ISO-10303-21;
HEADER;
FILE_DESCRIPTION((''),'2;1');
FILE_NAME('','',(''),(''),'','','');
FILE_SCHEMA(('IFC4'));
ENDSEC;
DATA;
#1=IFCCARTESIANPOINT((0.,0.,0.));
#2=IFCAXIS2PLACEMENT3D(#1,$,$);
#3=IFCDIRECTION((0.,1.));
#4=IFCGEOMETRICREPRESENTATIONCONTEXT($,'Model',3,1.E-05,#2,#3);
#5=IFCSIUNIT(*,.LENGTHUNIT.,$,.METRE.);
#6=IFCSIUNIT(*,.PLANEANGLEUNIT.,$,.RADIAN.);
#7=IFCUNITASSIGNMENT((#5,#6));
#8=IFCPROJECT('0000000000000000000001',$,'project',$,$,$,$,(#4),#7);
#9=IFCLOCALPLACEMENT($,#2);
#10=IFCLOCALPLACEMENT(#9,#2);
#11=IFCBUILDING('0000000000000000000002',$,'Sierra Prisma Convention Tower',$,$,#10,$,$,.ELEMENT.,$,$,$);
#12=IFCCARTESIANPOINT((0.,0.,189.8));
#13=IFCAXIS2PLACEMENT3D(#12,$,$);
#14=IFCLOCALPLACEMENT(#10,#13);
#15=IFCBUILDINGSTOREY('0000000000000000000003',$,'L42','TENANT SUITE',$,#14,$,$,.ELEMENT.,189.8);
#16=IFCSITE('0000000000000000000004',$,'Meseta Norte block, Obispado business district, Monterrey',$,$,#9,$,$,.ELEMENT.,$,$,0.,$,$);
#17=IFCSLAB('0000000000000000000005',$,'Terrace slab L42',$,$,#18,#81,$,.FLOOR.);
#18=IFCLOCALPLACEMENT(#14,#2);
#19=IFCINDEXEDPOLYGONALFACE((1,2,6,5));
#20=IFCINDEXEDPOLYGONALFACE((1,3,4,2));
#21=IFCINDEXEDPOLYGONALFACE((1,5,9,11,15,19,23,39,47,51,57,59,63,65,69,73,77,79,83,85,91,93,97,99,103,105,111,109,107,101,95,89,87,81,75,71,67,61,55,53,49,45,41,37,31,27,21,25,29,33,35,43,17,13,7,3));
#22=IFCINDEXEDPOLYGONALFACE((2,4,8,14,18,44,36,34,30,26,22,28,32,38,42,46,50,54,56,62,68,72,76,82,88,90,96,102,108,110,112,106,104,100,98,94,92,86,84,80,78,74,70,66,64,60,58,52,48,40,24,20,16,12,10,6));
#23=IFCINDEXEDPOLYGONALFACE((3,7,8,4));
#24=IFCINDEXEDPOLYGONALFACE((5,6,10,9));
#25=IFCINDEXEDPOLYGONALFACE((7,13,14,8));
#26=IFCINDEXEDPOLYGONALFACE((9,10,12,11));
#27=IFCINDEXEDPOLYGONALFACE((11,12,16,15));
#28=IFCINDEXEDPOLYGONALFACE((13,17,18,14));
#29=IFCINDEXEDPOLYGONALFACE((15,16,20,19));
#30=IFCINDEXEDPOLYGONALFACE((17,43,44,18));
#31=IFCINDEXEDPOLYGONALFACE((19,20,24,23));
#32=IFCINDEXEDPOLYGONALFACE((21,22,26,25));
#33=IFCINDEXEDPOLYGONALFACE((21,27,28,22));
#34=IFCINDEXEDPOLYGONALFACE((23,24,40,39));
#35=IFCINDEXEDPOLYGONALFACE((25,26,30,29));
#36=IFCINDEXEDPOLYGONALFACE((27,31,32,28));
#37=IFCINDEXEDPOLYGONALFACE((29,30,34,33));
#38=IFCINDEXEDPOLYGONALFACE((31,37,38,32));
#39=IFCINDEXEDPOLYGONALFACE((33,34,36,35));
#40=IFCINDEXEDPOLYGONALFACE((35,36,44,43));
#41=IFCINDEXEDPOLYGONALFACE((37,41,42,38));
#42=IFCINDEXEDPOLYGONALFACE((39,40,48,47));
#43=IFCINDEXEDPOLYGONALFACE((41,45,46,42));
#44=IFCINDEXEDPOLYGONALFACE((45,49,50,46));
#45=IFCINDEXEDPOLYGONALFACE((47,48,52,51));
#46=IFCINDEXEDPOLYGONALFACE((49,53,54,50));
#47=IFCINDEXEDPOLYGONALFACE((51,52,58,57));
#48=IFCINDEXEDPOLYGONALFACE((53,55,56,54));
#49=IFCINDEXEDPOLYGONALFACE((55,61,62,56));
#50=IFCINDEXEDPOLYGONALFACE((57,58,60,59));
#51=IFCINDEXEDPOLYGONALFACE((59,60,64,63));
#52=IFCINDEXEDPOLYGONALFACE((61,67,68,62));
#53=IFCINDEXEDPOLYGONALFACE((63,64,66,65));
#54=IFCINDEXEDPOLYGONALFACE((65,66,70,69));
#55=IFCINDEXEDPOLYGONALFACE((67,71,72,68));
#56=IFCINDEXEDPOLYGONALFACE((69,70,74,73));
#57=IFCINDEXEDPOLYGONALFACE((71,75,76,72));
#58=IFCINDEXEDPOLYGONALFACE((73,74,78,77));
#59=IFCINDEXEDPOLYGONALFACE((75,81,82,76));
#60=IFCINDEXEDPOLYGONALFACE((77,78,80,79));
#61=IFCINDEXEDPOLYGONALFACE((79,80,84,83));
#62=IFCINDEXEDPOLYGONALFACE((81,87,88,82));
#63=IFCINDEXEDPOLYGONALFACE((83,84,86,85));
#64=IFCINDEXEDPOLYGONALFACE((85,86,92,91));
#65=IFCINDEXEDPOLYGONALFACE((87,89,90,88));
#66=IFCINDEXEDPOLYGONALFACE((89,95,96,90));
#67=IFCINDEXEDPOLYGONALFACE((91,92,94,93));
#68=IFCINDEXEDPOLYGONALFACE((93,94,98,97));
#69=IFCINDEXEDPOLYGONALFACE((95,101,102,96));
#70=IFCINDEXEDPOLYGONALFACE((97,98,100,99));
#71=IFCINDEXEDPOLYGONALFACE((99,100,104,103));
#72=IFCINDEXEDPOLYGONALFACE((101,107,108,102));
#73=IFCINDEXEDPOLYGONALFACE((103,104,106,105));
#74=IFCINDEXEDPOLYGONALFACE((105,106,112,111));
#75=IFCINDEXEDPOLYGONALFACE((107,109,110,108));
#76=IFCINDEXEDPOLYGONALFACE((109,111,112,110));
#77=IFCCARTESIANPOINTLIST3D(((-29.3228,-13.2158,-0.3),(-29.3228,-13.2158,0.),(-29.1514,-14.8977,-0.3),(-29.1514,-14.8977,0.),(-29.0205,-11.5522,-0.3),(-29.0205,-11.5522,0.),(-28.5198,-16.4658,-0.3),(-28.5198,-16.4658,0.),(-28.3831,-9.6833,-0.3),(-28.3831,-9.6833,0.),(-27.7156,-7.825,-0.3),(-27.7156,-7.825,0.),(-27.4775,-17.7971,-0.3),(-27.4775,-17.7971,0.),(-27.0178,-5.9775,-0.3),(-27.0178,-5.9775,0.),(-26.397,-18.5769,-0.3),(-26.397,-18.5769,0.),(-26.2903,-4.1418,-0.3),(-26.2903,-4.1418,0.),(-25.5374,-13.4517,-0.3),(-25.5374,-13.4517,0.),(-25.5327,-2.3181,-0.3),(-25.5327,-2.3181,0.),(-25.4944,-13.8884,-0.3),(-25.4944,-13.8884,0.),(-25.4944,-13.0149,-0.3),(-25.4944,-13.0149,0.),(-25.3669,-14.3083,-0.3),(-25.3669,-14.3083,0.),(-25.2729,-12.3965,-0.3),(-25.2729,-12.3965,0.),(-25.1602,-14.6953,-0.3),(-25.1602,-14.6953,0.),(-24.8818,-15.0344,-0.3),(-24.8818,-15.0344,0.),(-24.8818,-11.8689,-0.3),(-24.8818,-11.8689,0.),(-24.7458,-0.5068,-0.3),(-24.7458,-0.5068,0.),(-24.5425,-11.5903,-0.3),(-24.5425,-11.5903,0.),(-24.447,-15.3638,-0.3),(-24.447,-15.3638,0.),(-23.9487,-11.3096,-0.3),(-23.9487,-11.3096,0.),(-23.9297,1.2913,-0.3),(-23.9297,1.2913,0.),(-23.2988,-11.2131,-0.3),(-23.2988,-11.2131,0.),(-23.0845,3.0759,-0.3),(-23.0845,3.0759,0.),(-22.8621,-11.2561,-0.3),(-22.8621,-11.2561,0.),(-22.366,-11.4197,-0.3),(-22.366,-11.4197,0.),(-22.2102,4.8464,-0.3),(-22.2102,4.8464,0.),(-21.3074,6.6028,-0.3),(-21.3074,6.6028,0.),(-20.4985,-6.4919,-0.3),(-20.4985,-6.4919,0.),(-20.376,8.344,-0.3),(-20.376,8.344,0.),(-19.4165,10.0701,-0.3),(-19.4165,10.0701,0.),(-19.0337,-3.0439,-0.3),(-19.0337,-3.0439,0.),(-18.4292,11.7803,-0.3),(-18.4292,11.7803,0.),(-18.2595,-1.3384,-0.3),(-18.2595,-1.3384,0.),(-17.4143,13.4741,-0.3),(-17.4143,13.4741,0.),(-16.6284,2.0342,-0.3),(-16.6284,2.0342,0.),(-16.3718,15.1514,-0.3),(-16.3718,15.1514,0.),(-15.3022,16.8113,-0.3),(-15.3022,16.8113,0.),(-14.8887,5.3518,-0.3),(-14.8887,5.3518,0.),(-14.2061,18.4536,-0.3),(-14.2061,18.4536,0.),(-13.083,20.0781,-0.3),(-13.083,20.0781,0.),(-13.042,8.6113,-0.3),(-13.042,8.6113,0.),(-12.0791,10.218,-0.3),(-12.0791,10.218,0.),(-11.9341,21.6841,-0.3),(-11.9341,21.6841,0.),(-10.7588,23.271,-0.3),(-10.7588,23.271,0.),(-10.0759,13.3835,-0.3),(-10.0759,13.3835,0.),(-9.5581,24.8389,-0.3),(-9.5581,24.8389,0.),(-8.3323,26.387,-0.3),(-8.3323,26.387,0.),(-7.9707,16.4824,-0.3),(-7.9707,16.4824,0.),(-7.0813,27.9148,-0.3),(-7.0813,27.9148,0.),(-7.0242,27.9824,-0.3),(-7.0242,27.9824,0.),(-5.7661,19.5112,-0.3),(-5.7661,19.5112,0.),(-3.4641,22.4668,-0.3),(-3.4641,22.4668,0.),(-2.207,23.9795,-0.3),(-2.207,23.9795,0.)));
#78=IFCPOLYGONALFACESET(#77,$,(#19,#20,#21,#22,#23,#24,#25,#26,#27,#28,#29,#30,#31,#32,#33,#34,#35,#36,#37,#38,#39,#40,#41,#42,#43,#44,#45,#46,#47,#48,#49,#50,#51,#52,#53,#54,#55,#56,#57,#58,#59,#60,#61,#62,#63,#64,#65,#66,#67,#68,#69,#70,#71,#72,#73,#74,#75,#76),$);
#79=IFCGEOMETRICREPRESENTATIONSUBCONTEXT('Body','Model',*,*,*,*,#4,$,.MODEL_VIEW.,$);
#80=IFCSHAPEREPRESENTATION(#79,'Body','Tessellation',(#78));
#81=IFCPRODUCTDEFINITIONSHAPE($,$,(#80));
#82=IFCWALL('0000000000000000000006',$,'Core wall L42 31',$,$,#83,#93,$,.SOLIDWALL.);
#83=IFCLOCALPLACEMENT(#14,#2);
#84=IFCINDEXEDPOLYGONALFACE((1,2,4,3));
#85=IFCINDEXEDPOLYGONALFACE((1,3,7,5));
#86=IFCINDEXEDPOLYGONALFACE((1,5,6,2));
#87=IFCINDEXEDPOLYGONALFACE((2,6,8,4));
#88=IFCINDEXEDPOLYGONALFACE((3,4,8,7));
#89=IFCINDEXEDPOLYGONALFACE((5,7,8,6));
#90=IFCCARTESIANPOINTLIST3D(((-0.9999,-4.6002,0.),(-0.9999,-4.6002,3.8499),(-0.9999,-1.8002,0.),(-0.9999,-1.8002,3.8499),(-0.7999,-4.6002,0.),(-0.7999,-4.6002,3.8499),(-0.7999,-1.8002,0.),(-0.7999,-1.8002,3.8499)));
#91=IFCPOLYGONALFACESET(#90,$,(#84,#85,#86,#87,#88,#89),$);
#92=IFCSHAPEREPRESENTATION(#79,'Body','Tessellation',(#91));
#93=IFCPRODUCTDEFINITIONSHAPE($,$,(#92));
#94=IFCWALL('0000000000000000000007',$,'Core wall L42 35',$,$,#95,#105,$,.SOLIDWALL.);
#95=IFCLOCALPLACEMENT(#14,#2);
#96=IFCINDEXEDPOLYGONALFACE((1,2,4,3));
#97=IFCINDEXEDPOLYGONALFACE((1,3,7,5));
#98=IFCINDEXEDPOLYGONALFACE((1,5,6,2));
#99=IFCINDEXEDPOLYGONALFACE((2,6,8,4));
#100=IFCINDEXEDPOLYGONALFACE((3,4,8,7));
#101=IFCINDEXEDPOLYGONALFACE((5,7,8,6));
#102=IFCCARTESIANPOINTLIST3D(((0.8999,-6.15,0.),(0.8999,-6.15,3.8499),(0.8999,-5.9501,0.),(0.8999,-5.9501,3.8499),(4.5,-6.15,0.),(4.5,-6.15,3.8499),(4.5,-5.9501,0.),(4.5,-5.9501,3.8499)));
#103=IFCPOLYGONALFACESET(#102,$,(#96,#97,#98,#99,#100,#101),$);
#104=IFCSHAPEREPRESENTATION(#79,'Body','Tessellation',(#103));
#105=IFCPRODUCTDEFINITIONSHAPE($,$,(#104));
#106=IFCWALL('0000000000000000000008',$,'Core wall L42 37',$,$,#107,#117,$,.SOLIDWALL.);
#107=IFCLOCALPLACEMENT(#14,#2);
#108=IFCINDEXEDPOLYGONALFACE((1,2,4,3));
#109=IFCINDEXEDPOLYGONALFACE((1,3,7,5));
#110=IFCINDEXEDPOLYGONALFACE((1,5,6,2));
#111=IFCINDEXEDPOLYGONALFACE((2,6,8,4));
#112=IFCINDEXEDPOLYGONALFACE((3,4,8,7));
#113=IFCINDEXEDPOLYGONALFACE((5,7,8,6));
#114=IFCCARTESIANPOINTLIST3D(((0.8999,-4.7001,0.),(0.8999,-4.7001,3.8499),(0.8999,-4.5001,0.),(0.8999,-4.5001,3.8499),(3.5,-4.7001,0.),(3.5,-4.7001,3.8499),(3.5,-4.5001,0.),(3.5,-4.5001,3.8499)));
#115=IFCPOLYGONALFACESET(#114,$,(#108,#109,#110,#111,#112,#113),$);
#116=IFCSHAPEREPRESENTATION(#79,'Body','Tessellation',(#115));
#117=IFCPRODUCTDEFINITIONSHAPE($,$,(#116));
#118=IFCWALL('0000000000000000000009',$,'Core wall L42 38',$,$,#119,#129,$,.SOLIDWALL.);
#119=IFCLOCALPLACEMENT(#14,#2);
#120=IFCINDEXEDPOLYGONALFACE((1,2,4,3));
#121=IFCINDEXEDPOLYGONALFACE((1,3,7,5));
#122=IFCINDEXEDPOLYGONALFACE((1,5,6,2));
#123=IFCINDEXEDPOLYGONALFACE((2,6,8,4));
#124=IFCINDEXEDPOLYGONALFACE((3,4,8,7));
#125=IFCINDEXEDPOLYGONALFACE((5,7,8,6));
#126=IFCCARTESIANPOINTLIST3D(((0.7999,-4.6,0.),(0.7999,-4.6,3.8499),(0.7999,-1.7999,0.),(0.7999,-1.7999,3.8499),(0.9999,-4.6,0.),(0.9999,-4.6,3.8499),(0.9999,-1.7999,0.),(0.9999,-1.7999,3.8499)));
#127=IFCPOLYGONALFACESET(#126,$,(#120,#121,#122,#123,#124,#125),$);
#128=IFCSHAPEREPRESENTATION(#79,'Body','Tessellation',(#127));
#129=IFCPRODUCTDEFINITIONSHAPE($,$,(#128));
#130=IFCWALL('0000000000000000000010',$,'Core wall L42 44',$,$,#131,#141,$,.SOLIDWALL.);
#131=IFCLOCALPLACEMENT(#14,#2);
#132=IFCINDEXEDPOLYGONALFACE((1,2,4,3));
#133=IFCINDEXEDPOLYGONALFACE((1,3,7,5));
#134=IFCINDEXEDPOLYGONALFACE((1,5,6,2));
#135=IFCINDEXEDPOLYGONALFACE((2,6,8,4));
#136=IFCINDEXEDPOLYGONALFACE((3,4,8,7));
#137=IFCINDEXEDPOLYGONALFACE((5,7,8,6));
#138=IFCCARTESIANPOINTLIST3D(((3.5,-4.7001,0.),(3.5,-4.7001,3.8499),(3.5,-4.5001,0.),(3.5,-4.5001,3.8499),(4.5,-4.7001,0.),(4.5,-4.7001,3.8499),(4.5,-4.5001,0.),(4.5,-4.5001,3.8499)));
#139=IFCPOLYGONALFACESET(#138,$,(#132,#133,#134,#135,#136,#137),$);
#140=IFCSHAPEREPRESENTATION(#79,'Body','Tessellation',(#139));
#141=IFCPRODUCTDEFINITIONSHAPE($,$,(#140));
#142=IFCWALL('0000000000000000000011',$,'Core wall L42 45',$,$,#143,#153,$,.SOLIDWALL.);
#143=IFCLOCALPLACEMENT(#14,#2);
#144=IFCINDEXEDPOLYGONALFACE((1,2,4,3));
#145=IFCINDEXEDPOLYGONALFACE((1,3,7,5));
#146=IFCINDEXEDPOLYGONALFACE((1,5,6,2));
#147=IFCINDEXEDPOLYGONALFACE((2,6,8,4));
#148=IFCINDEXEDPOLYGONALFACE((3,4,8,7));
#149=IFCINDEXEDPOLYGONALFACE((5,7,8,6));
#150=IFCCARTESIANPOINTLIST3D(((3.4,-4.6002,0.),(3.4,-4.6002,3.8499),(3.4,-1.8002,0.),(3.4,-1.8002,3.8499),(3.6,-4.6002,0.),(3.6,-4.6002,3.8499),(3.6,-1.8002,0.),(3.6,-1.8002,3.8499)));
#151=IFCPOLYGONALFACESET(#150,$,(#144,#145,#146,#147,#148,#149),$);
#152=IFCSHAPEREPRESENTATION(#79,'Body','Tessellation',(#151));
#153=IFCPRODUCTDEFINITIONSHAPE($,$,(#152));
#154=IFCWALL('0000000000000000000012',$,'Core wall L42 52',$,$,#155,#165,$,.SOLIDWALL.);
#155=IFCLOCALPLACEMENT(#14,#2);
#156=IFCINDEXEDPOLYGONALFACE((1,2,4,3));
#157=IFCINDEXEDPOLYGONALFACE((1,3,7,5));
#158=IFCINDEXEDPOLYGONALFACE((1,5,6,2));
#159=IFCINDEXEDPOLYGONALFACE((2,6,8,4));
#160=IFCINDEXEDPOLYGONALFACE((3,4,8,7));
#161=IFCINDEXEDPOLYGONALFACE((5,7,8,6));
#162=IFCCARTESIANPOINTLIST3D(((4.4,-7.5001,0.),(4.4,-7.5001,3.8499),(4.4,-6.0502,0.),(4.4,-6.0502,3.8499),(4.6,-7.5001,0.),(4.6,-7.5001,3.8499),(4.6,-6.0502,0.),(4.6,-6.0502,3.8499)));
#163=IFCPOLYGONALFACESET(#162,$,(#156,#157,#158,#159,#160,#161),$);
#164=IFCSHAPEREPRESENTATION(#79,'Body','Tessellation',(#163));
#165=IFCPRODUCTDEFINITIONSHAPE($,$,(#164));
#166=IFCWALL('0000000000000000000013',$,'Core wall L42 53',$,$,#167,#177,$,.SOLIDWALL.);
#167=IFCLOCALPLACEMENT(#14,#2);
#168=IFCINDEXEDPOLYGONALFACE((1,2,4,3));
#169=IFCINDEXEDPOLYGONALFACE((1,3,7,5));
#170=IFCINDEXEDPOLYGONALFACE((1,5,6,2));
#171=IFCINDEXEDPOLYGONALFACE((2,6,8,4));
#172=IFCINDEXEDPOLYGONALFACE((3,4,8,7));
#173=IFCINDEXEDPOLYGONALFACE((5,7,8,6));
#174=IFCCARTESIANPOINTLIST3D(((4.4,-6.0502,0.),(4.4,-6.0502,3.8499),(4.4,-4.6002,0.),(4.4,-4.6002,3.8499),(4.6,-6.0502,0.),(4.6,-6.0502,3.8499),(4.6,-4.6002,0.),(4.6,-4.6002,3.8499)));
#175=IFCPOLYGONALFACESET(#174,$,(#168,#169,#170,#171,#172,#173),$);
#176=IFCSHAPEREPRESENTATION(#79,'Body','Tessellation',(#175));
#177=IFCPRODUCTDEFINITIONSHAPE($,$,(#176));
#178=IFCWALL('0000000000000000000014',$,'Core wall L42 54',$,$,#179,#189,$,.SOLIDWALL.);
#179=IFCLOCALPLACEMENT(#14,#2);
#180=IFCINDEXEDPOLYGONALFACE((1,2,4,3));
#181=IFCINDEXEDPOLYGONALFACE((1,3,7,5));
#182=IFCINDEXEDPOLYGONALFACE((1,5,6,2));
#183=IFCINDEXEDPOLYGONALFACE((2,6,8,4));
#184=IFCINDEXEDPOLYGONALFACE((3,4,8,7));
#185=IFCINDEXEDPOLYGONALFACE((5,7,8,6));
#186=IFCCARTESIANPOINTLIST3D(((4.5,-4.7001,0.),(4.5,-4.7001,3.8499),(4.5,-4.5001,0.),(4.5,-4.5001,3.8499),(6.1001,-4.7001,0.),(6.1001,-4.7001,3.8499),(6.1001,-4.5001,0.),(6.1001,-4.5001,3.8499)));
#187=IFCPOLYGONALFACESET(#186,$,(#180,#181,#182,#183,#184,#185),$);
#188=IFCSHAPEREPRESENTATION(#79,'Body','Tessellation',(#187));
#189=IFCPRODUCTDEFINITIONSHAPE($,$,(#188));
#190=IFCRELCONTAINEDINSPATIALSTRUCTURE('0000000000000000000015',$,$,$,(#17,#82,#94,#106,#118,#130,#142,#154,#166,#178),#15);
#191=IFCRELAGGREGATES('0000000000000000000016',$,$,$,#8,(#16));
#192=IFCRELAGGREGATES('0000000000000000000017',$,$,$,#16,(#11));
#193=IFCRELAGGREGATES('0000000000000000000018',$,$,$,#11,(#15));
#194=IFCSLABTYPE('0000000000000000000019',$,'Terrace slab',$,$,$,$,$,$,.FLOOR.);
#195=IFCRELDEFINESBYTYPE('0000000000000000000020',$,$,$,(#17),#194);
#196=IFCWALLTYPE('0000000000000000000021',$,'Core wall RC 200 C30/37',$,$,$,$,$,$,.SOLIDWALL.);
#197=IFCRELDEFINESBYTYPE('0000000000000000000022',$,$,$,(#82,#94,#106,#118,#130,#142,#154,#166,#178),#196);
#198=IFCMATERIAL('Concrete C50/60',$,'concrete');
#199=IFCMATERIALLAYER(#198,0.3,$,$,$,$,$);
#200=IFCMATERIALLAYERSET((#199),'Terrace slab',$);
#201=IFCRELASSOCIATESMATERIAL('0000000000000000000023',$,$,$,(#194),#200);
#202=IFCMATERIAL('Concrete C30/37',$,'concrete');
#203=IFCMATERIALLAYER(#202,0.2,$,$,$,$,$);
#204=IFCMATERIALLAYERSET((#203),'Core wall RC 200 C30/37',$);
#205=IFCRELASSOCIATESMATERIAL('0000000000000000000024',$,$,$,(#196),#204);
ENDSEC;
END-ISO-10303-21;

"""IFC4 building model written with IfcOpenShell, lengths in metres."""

from ifc_helpers import new_model, si_unit, direction, frame, frame_2d, origin, place, context, subcontext, project, spatial, polyline, rectangle, outline, extrude, material, layer, layer_set, type_object, element, save


model = new_model("IFC4")

# Units and contexts
model_context = context("Model", 3, precision=1e-05, world=origin(), true_north=direction((0.0, 1.0)))
body_context = subcontext(model_context, "Body", "Model", "MODEL_VIEW")
ifc_project = project(units=[si_unit("LENGTHUNIT", "METRE"), si_unit("PLANEANGLEUNIT", "RADIAN")], contexts=[model_context])

# Site, building, storey
site_placement = place(None, origin())
site = spatial("IfcSite", under=ifc_project, at=site_placement, Name="Meseta Norte block, Obispado business district, Monterrey", CompositionType="ELEMENT", RefElevation=0.0)
building_placement = place(site_placement, origin())
building = spatial("IfcBuilding", under=site, at=building_placement, Name="Sierra Prisma Convention Tower", CompositionType="ELEMENT")
storey_placement = place(building_placement, frame((0.0, 0.0, 189.8)))
storey = spatial("IfcBuildingStorey", under=building, at=storey_placement, Name="L42", Description="TENANT SUITE", CompositionType="ELEMENT", Elevation=189.8)

# Slab
ifc_material_1 = material(Name="Concrete C50/60", Category="concrete")
ifc_layer_1 = layer(ifc_material_1, 0.3)
ifc_layer_set_1 = layer_set([ifc_layer_1], Name="Terrace slab")
slab_type_1 = type_object("IfcSlabType", Name="Terrace slab", PredefinedType="FLOOR", material=ifc_layer_set_1)
slab_1_placement = place(storey_placement, frame((0.0, 0.0, -0.3)))
element("IfcSlab", 1, at=slab_1_placement, inside=storey, type_object=slab_type_1, Name="Terrace slab L42", PredefinedType="FLOOR", context=body_context, shape_type="SweptSolid", body=[
    extrude(outline(polyline([(-7.0242, 27.9824), (-7.0813, 27.9148), (-8.3323, 26.387), (-9.5581, 24.8389), (-10.7588, 23.271), (-11.9341, 21.6841), (-13.083, 20.0781), (-14.2061, 18.4536), (-15.3022, 16.8113), (-16.3718, 15.1514), (-17.4143, 13.4741), (-18.4292, 11.7803), (-19.4165, 10.0701), (-20.376, 8.344), (-21.3074, 6.6028), (-22.2102, 4.8464), (-23.0845, 3.0759), (-23.9297, 1.2913), (-24.7458, -0.5068), (-25.5327, -2.3181), (-26.2903, -4.1418), (-27.0178, -5.9775), (-27.7156, -7.825), (-28.3831, -9.6833), (-29.0205, -11.5522), (-29.3228, -13.2158), (-29.1514, -14.8977), (-28.5198, -16.4658), (-27.4775, -17.7971), (-26.397, -18.5769), (-24.447, -15.3638), (-24.8818, -15.0344), (-25.1602, -14.6953), (-25.3669, -14.3083), (-25.4944, -13.8884), (-25.5374, -13.4517), (-25.4944, -13.0149), (-25.2729, -12.3965), (-24.8818, -11.8689), (-24.5425, -11.5903), (-23.9487, -11.3096), (-23.2988, -11.2131), (-22.8621, -11.2561), (-22.366, -11.4197), (-20.4985, -6.4919), (-19.0337, -3.0439), (-18.2595, -1.3384), (-16.6284, 2.0342), (-14.8887, 5.3518), (-13.042, 8.6113), (-12.0791, 10.218), (-10.0759, 13.3835), (-7.9707, 16.4824), (-5.7661, 19.5112), (-3.4641, 22.4668), (-2.207, 23.9795), (-7.0242, 27.9824)])), origin(), (0.0, 0.0, 1.0), 0.3),
])

# Wall
ifc_material_2 = material(Name="Concrete C30/37", Category="concrete")
ifc_layer_2 = layer(ifc_material_2, 0.2)
ifc_layer_set_2 = layer_set([ifc_layer_2], Name="Core wall RC 200 C30/37")
wall_type = type_object("IfcWallType", Name="Core wall RC 200 C30/37", PredefinedType="SOLIDWALL", material=ifc_layer_set_2)
wall_1_placement = place(storey_placement, frame((-0.8999, -4.6001, 0.0), z_axis=(0.0, 0.0, 1.0), x_axis=(0.0, 1.0, 0.0)))
element("IfcWall", 2, at=wall_1_placement, inside=storey, type_object=wall_type, Name="Core wall L42 31", PredefinedType="SOLIDWALL", context=body_context, shape_type="SweptSolid", body=[
    extrude(rectangle(XDim=2.8, YDim=0.2, at=frame_2d((1.3999, 0.0))), origin(), (0.0, 0.0, 1.0), 3.8499),
])

# Wall
wall_2_placement = place(storey_placement, frame((4.5, -6.05, 0.0), z_axis=(0.0, 0.0, 1.0), x_axis=(-1.0, 0.0, 0.0)))
element("IfcWall", 3, at=wall_2_placement, inside=storey, type_object=wall_type, Name="Core wall L42 35", PredefinedType="SOLIDWALL", context=body_context, shape_type="SweptSolid", body=[
    extrude(rectangle(XDim=3.6001, YDim=0.2, at=frame_2d((1.8, 0.0))), origin(), (0.0, 0.0, 1.0), 3.8499),
])

# Walls
wall_3_placement = place(storey_placement, frame((3.5, -4.6001, 0.0), z_axis=(0.0, 0.0, 1.0), x_axis=(-1.0, 0.0, 0.0)))
element("IfcWall", 4, at=wall_3_placement, inside=storey, type_object=wall_type, Name="Core wall L42 37", PredefinedType="SOLIDWALL", context=body_context, shape_type="SweptSolid", body=[
    extrude(rectangle(XDim=2.6001, YDim=0.2, at=frame_2d((1.3, 0.0))), origin(), (0.0, 0.0, 1.0), 3.8499),
])
wall_4_placement = place(storey_placement, frame((0.8999, -1.8, 0.0), z_axis=(0.0, 0.0, 1.0), x_axis=(0.0, -1.0, 0.0)))
element("IfcWall", 5, at=wall_4_placement, inside=storey, type_object=wall_type, Name="Core wall L42 38", PredefinedType="SOLIDWALL", context=body_context, shape_type="SweptSolid", body=[
    extrude(rectangle(XDim=2.8, YDim=0.2, at=frame_2d((1.3999, 0.0))), origin(), (0.0, 0.0, 1.0), 3.8499),
])

# Walls
wall_5_placement = place(storey_placement, frame((4.5, -4.6001, 0.0), z_axis=(0.0, 0.0, 1.0), x_axis=(-1.0, 0.0, 0.0)))
element("IfcWall", 6, at=wall_5_placement, inside=storey, type_object=wall_type, Name="Core wall L42 44", PredefinedType="SOLIDWALL", context=body_context, shape_type="SweptSolid", body=[
    extrude(rectangle(XDim=1.0, YDim=0.2, at=frame_2d((0.5, 0.0))), origin(), (0.0, 0.0, 1.0), 3.8499),
])
wall_6_placement = place(storey_placement, frame((3.5, -4.6001, 0.0), z_axis=(0.0, 0.0, 1.0), x_axis=(0.0, 1.0, 0.0)))
element("IfcWall", 7, at=wall_6_placement, inside=storey, type_object=wall_type, Name="Core wall L42 45", PredefinedType="SOLIDWALL", context=body_context, shape_type="SweptSolid", body=[
    extrude(rectangle(XDim=2.8, YDim=0.2, at=frame_2d((1.3999, 0.0))), origin(), (0.0, 0.0, 1.0), 3.8499),
])

# Walls
for number, where, z_axis, x_axis, name in (
    (8, (4.5, -6.05, 0.0), (0.0, 0.0, 1.0), (0.0, -1.0, 0.0), "Core wall L42 52"),
    (9, (4.5, -4.6001, 0.0), (0.0, 0.0, 1.0), (0.0, -1.0, 0.0), "Core wall L42 53"),
):
    element("IfcWall", number, at=place(storey_placement, frame(where, z_axis=z_axis, x_axis=x_axis)), inside=storey, type_object=wall_type, Name=name, PredefinedType="SOLIDWALL", context=body_context, shape_type="SweptSolid", body=[
        extrude(rectangle(XDim=1.45, YDim=0.2, at=frame_2d((0.7251, 0.0))), origin(), (0.0, 0.0, 1.0), 3.8499),
    ])
wall_7_placement = place(storey_placement, frame((6.1001, -4.6001, 0.0), z_axis=(0.0, 0.0, 1.0), x_axis=(-1.0, 0.0, 0.0)))
element("IfcWall", 10, at=wall_7_placement, inside=storey, type_object=wall_type, Name="Core wall L42 54", PredefinedType="SOLIDWALL", context=body_context, shape_type="SweptSolid", body=[
    extrude(rectangle(XDim=1.6001, YDim=0.2, at=frame_2d((0.8, 0.0))), origin(), (0.0, 0.0, 1.0), 3.8499),
])

save(model, "model.ifc")
